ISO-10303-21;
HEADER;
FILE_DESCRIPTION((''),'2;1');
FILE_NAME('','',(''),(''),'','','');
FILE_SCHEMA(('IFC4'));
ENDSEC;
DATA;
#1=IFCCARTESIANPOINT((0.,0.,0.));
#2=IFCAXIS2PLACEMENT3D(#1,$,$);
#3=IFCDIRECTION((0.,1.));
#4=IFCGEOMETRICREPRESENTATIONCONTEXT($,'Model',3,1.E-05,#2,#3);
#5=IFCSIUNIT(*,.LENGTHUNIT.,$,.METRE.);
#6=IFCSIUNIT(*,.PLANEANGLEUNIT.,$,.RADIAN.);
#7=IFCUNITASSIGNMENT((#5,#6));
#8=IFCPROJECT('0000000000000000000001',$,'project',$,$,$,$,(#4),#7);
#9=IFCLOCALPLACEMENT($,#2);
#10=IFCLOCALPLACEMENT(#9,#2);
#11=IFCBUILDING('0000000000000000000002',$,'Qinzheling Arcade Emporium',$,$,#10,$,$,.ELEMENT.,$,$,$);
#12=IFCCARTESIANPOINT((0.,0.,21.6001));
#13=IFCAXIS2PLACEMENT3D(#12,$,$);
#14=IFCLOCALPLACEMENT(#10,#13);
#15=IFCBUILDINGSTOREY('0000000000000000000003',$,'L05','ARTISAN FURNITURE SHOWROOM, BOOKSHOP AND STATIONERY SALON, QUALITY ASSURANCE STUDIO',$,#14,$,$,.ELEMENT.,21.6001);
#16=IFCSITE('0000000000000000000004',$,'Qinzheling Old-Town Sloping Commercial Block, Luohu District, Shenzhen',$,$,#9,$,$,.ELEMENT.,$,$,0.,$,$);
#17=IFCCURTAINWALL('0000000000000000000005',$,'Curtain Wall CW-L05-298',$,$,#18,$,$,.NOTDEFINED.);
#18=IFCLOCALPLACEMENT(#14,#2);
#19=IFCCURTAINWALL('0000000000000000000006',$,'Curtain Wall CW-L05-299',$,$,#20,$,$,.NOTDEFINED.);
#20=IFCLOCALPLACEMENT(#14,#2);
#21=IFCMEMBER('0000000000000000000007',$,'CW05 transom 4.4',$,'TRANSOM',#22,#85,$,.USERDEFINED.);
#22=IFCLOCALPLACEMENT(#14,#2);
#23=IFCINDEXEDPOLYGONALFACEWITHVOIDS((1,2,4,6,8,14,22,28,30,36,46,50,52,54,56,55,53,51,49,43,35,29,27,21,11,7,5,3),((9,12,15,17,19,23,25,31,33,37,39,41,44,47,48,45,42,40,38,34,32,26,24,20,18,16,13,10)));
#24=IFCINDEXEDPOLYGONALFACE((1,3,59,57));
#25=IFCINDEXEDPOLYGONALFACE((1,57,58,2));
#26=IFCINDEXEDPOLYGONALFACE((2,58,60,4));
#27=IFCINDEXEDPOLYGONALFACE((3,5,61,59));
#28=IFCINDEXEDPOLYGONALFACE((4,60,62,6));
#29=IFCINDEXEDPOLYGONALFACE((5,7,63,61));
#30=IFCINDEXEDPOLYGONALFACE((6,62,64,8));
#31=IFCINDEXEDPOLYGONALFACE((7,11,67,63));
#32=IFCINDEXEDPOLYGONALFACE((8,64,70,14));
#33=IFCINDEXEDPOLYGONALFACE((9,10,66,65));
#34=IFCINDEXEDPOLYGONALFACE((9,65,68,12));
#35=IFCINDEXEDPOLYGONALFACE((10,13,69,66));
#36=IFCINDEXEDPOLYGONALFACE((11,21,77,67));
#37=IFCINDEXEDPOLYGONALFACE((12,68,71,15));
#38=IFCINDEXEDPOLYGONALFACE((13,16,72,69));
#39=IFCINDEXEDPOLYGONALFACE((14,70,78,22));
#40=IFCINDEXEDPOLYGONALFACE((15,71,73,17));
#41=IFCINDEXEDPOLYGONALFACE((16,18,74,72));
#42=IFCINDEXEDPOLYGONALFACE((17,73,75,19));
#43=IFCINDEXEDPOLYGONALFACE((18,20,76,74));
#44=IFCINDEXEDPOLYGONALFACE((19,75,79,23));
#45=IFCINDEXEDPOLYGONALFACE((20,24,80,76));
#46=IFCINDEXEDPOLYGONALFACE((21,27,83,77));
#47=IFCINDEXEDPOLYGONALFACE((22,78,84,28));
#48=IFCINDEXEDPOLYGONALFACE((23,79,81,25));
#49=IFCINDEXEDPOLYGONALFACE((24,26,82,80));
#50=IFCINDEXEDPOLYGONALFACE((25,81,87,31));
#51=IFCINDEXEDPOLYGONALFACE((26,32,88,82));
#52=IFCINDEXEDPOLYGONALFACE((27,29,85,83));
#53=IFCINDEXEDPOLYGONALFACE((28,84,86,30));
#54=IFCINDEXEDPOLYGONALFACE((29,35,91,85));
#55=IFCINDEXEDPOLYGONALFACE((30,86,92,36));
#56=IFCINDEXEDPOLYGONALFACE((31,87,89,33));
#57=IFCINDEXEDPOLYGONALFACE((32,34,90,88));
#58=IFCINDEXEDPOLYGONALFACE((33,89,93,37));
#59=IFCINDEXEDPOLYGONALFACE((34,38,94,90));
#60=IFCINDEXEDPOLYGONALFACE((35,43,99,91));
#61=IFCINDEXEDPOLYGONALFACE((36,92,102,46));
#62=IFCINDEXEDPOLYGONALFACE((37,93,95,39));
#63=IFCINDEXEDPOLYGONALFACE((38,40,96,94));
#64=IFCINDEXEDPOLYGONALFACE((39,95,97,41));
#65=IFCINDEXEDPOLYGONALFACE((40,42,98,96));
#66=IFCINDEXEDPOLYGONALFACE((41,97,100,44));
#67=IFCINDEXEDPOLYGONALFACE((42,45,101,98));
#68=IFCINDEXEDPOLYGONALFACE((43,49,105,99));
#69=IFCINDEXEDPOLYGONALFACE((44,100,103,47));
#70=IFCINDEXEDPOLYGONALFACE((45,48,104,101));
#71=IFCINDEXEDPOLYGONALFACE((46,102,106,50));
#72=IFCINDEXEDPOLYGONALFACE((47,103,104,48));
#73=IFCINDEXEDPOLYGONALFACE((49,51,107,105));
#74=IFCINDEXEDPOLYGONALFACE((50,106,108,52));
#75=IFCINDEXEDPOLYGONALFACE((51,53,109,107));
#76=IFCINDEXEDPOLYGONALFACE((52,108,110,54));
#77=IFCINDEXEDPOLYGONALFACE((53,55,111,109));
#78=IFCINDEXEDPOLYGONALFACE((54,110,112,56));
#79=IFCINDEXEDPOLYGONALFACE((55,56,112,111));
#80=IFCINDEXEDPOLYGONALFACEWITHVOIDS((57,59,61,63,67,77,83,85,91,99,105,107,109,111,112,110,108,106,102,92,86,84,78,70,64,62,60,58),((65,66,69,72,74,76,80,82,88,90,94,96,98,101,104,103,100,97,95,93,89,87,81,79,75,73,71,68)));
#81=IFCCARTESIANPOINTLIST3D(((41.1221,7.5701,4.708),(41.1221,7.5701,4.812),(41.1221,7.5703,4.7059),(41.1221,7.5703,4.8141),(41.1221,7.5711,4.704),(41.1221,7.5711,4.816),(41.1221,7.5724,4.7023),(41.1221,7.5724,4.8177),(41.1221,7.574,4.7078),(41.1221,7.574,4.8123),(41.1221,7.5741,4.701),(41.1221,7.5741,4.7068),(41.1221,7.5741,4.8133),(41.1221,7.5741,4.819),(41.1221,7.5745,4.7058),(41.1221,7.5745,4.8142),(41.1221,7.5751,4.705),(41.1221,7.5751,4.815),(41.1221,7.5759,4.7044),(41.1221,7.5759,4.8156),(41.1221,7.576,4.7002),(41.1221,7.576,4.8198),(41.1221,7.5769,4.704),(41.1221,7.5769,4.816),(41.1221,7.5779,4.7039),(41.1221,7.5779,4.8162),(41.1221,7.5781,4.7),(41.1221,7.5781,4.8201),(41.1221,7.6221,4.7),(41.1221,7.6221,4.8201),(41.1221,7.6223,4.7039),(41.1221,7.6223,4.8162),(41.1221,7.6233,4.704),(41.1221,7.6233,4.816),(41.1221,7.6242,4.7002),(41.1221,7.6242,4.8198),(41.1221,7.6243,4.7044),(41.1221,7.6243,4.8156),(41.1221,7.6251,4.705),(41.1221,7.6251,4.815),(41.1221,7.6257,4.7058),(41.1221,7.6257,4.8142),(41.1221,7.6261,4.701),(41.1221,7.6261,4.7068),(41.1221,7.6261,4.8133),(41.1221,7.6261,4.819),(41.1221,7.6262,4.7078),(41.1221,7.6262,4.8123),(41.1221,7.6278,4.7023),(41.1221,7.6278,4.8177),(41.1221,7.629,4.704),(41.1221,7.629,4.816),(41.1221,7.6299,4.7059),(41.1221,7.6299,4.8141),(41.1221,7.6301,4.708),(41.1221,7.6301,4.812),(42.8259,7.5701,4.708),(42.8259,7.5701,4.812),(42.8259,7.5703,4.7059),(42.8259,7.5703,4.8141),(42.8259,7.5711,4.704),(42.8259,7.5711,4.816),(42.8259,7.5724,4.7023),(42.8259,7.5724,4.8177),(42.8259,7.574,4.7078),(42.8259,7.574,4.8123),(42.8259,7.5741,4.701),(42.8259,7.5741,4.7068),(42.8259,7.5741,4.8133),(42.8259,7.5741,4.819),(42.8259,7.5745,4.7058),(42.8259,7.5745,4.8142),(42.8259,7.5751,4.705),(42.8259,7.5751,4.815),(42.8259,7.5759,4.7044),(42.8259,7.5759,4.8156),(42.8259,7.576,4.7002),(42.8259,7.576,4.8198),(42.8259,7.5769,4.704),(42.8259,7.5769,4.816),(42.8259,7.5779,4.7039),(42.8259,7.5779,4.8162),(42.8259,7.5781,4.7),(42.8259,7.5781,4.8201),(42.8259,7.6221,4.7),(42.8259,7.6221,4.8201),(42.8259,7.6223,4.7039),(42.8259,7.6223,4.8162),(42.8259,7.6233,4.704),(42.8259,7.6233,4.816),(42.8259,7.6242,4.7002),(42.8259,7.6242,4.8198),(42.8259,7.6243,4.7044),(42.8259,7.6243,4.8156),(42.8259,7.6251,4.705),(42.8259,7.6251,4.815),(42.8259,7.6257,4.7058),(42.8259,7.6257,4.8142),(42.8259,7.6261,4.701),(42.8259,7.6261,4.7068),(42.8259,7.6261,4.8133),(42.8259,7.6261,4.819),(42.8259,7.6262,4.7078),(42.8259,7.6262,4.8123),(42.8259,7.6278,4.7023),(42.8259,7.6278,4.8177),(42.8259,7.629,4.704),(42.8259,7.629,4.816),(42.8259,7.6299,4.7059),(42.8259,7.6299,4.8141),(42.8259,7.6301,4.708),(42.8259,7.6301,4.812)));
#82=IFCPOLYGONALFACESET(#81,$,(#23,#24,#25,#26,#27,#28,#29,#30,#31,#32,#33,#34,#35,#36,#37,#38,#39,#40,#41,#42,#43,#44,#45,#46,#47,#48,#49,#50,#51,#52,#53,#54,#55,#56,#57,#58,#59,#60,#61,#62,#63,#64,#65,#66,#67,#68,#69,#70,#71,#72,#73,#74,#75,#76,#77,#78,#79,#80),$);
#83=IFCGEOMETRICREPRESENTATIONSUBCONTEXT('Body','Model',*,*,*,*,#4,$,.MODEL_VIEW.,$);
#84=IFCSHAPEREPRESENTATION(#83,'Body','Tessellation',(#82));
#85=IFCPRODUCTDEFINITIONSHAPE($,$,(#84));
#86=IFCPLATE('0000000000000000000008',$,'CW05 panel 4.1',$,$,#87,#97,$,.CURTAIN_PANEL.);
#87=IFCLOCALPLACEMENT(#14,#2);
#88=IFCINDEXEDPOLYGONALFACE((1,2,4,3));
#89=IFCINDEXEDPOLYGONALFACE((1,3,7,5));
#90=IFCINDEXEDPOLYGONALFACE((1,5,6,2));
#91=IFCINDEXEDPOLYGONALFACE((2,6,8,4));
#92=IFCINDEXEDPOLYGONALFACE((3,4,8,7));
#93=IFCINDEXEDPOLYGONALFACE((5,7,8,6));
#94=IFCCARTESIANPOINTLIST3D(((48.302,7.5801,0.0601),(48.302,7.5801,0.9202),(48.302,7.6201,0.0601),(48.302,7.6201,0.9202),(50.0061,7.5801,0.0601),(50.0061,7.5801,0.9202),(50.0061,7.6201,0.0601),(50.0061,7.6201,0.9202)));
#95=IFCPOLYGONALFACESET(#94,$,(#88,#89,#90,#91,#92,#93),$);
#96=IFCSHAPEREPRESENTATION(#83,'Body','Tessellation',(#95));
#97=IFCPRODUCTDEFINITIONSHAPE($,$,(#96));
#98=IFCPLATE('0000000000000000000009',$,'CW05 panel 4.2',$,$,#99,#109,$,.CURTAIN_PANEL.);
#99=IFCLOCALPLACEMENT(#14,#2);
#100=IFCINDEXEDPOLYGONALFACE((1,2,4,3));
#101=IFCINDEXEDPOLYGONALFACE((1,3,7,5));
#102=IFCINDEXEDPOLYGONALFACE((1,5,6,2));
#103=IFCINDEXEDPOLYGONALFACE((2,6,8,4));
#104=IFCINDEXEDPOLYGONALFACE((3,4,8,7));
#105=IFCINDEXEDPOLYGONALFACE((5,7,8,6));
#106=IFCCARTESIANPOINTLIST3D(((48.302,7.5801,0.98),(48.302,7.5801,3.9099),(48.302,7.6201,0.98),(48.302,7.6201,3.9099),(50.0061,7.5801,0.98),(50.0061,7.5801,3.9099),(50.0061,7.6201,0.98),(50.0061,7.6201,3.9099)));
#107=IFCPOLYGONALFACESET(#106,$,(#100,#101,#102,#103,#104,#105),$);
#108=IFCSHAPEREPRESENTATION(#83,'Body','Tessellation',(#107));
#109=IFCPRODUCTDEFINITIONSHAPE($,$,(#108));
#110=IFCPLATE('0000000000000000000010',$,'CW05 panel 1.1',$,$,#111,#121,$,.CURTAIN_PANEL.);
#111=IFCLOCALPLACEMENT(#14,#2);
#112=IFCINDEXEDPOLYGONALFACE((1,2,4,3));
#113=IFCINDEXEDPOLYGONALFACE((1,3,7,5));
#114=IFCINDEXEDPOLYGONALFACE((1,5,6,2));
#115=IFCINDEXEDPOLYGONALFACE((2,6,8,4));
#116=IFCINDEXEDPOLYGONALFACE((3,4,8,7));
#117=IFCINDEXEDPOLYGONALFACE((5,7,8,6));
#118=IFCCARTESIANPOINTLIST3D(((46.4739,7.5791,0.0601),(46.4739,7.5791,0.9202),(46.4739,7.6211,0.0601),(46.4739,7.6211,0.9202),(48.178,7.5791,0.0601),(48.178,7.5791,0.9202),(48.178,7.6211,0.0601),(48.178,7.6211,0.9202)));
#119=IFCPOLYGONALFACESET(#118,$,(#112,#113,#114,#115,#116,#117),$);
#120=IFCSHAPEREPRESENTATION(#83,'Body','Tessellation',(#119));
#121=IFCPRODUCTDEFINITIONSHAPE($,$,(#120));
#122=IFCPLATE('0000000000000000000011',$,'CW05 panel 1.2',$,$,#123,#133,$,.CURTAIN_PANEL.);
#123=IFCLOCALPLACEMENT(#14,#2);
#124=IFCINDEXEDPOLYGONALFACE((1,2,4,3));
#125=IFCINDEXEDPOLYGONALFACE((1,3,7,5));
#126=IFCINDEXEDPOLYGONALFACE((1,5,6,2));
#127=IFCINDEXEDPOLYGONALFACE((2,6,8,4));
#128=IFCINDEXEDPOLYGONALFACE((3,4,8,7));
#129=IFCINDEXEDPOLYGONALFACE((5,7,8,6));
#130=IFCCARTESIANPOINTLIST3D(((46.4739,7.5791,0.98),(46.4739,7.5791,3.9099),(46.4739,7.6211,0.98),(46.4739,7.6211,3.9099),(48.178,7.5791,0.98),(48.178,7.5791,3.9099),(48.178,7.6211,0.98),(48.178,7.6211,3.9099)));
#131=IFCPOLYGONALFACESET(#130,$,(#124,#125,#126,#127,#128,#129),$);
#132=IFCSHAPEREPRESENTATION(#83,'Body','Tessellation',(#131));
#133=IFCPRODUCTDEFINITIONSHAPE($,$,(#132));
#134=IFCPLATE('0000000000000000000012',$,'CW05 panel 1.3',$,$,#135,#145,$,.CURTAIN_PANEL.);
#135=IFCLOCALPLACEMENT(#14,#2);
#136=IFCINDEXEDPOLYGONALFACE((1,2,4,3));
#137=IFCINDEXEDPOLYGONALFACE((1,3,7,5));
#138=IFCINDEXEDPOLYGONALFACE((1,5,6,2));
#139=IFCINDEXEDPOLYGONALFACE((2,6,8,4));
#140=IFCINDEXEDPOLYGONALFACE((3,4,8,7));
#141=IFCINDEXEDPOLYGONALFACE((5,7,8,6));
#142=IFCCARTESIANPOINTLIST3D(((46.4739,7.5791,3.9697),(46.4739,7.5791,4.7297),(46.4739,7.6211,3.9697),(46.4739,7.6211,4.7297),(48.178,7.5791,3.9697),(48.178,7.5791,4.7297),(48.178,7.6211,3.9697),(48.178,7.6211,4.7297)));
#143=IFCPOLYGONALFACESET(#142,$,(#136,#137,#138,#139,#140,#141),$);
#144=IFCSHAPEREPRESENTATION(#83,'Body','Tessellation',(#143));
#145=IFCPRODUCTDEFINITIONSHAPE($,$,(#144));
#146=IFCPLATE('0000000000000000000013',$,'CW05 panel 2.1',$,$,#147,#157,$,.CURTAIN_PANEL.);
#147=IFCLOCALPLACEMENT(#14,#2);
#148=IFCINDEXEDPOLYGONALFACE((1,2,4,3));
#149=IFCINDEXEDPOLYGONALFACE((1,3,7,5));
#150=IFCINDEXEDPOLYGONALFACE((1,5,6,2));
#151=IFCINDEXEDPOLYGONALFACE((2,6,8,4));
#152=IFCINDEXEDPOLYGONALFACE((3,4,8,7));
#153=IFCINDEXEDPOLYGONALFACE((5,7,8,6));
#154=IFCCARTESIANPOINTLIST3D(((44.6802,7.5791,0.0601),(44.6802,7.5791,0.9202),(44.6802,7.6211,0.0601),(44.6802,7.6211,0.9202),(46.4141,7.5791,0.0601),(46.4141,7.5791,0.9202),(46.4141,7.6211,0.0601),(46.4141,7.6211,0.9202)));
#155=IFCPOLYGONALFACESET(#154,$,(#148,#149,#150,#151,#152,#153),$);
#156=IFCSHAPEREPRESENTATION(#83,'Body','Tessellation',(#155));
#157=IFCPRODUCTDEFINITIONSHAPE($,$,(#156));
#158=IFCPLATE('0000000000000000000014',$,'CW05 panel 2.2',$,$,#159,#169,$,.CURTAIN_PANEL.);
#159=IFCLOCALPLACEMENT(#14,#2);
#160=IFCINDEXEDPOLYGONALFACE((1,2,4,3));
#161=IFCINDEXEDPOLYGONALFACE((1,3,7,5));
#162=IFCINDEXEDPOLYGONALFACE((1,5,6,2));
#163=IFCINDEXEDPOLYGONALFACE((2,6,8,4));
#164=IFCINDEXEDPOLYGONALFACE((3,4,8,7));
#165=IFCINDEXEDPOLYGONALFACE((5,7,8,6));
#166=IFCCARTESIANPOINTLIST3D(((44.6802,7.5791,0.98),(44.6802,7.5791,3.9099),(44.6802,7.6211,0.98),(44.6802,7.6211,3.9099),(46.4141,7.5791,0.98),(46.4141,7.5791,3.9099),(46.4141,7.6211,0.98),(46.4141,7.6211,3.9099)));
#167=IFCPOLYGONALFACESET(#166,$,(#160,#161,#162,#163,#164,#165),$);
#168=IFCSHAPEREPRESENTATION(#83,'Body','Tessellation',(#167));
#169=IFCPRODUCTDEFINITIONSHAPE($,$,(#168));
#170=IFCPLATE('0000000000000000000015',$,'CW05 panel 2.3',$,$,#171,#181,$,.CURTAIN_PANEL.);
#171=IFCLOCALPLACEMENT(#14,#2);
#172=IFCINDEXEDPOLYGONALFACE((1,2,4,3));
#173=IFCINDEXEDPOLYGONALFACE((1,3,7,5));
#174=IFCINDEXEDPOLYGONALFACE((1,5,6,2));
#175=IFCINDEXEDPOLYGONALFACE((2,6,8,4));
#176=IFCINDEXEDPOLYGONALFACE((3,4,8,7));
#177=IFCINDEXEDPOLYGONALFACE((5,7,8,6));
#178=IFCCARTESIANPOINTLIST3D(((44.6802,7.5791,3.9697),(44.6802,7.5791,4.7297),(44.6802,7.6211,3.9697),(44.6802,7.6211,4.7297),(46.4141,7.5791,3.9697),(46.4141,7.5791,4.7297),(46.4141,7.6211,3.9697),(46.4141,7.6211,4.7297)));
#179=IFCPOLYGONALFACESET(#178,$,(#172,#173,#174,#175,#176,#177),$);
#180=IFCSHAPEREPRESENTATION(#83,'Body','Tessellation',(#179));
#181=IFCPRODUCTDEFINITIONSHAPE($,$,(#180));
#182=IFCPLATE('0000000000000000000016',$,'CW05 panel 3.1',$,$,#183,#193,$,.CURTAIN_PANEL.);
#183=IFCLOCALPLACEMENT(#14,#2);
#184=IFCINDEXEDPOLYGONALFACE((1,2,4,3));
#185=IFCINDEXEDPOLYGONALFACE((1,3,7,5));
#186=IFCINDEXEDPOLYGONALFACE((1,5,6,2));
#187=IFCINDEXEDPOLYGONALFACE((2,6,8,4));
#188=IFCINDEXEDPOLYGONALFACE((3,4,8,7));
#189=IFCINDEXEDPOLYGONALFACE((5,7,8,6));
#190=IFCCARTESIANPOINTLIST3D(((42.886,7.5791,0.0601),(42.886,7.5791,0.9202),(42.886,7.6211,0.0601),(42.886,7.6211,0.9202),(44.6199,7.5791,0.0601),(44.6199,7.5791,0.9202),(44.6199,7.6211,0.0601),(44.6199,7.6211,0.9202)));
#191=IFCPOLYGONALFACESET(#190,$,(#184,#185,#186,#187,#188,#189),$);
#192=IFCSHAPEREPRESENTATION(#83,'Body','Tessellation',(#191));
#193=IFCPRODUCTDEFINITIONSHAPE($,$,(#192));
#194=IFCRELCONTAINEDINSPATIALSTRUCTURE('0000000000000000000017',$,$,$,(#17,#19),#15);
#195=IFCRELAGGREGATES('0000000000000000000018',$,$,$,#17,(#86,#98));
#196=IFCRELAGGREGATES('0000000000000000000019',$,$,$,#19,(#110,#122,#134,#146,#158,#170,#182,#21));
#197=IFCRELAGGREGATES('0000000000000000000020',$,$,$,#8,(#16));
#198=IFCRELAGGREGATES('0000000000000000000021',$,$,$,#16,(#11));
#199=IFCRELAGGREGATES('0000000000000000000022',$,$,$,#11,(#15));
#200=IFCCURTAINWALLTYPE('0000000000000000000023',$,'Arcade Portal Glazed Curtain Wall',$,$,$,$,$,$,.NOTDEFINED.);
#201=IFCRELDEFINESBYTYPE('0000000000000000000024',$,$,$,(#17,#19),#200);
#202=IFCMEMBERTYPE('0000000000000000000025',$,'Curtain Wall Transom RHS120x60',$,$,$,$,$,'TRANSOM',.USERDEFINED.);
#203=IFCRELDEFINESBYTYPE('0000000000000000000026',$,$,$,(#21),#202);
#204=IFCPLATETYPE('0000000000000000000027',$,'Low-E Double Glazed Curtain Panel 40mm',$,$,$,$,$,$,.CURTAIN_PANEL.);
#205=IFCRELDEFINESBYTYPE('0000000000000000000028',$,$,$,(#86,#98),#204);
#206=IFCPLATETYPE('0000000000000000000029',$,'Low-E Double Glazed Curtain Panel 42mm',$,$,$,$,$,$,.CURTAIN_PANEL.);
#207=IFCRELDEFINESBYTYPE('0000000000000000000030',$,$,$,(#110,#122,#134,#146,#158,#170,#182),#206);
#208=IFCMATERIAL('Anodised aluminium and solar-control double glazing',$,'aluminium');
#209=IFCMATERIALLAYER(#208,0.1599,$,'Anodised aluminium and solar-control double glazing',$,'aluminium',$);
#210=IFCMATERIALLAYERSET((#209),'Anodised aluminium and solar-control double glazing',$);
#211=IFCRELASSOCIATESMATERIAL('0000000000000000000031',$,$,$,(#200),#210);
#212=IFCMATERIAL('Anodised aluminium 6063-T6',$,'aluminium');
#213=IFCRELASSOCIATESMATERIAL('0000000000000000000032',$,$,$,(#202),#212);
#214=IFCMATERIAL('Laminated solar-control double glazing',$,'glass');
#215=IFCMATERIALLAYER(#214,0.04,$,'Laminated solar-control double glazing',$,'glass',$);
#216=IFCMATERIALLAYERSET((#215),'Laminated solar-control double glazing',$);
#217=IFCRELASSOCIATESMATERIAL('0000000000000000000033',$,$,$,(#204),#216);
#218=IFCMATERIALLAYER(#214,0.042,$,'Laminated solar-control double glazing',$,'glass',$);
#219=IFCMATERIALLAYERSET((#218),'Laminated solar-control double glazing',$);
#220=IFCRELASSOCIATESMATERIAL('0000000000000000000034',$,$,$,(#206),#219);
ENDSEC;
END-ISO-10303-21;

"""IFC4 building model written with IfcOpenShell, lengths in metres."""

from ifc_helpers import new_model, si_unit, direction, frame, origin, origin_2d, place, context, subcontext, project, spatial, rectangle, hollow_rectangle, extrude, material, layer, layer_set, material_profile, profile_set, type_object, element, aggregate, save


model = new_model("IFC4")

# Units and contexts
model_context = context("Model", 3, precision=1e-05, world=origin(), true_north=direction((0.0, 1.0)))
body_context = subcontext(model_context, "Body", "Model", "MODEL_VIEW")
ifc_project = project(units=[si_unit("LENGTHUNIT", "METRE"), si_unit("PLANEANGLEUNIT", "RADIAN")], contexts=[model_context])

# Site, building, storey
site_placement = place(None, origin())
site = spatial("IfcSite", under=ifc_project, at=site_placement, Name="Qinzheling Old-Town Sloping Commercial Block, Luohu District, Shenzhen", CompositionType="ELEMENT", RefElevation=0.0)
building_placement = place(site_placement, origin())
building = spatial("IfcBuilding", under=site, at=building_placement, Name="Qinzheling Arcade Emporium", CompositionType="ELEMENT")
storey_placement = place(building_placement, frame((0.0, 0.0, 21.6001)))
storey = spatial("IfcBuildingStorey", under=building, at=storey_placement, Name="L05", Description="ARTISAN FURNITURE SHOWROOM, BOOKSHOP AND STATIONERY SALON, QUALITY ASSURANCE STUDIO", CompositionType="ELEMENT", Elevation=21.6001)

# Curtain wall
ifc_material_1 = material(Name="Anodised aluminium and solar-control double glazing", Category="aluminium")
ifc_layer_1 = layer(ifc_material_1, 0.1599, Name="Anodised aluminium and solar-control double glazing", Category="aluminium")
ifc_layer_set_1 = layer_set([ifc_layer_1], Name="Anodised aluminium and solar-control double glazing")
curtain_wall_type = type_object("IfcCurtainWallType", Name="Arcade Portal Glazed Curtain Wall", PredefinedType="NOTDEFINED", material=ifc_layer_set_1)
curtain_wall_1_placement = place(storey_placement, origin())
curtain_wall_1 = element("IfcCurtainWall", 1, at=curtain_wall_1_placement, inside=storey, type_object=curtain_wall_type, Name="Curtain Wall CW-L05-298", PredefinedType="NOTDEFINED")
ifc_material_2 = material(Name="Anodised aluminium 6063-T6", Category="aluminium")

# Curtain wall, member
curtain_wall_2_placement = place(storey_placement, origin())
curtain_wall_2 = element("IfcCurtainWall", 2, at=curtain_wall_2_placement, inside=storey, type_object=curtain_wall_type, Name="Curtain Wall CW-L05-299", PredefinedType="NOTDEFINED")
ifc_material_profile_1 = material_profile(ifc_material_2, hollow_rectangle(XDim=0.0601, YDim=0.1201, WallThickness=0.0039, InnerFilletRadius=0.0039, OuterFilletRadius=0.0081, at=origin_2d()), Name="RHS 120x60x4", Category="aluminium")
ifc_profile_set_1 = profile_set([ifc_material_profile_1], Name="Anodised aluminium 6063-T6")
member_type_1 = type_object("IfcMemberType", Name="Curtain Wall Transom RHS120x60", ElementType="TRANSOM", PredefinedType="USERDEFINED", material=ifc_profile_set_1)
member_1_placement = place(storey_placement, frame((42.8259, 7.6001, 4.76), z_axis=(-1.0, 0.0, 0.0), x_axis=(0.0, -1.0, 0.0)))
member_1 = element("IfcMember", 3, at=member_1_placement, type_object=member_type_1, Name="CW05 transom 4.4", ObjectType="TRANSOM", PredefinedType="USERDEFINED", context=body_context, shape_type="SweptSolid", body=[
    extrude(hollow_rectangle(XDim=0.0601, YDim=0.1201, WallThickness=0.0039, InnerFilletRadius=0.0039, OuterFilletRadius=0.0081, at=origin_2d()), origin(), (0.0, 0.0, 1.0), 1.7039),
])

# Plates
ifc_material_3 = material(Name="Laminated solar-control double glazing", Category="glass")
ifc_layer_2 = layer(ifc_material_3, 0.04, Name="Laminated solar-control double glazing", Category="glass")
ifc_layer_set_2 = layer_set([ifc_layer_2], Name="Laminated solar-control double glazing")
plate_type_1 = type_object("IfcPlateType", Name="Low-E Double Glazed Curtain Panel 40mm", PredefinedType="CURTAIN_PANEL", material=ifc_layer_set_2)
plate_1_placement = place(storey_placement, frame((49.1541, 7.6001, 0.0601), z_axis=(0.0, 0.0, 1.0), x_axis=(-1.0, 0.0, 0.0)))
plate_1 = element("IfcPlate", 4, at=plate_1_placement, type_object=plate_type_1, Name="CW05 panel 4.1", PredefinedType="CURTAIN_PANEL", context=body_context, shape_type="SweptSolid", body=[
    extrude(rectangle(XDim=1.7041, YDim=0.04, at=origin_2d()), origin(), (0.0, 0.0, 1.0), 0.8601),
])
plate_2_placement = place(storey_placement, frame((49.1541, 7.6001, 0.98), z_axis=(0.0, 0.0, 1.0), x_axis=(-1.0, 0.0, 0.0)))
plate_2 = element("IfcPlate", 5, at=plate_2_placement, type_object=plate_type_1, Name="CW05 panel 4.2", PredefinedType="CURTAIN_PANEL", context=body_context, shape_type="SweptSolid", body=[
    extrude(rectangle(XDim=1.7041, YDim=0.04, at=origin_2d()), origin(), (0.0, 0.0, 1.0), 2.9299),
])
aggregate(curtain_wall_1, [plate_1, plate_2])
ifc_layer_3 = layer(ifc_material_3, 0.042, Name="Laminated solar-control double glazing", Category="glass")
ifc_layer_set_3 = layer_set([ifc_layer_3], Name="Laminated solar-control double glazing")
plate_type_2 = type_object("IfcPlateType", Name="Low-E Double Glazed Curtain Panel 42mm", PredefinedType="CURTAIN_PANEL", material=ifc_layer_set_3)
plate_3_placement = place(storey_placement, frame((47.3259, 7.6001, 0.0601), z_axis=(0.0, 0.0, 1.0), x_axis=(-1.0, 0.0, 0.0)))
plate_3 = element("IfcPlate", 6, at=plate_3_placement, type_object=plate_type_2, Name="CW05 panel 1.1", PredefinedType="CURTAIN_PANEL", context=body_context, shape_type="SweptSolid", body=[
    extrude(rectangle(XDim=1.7041, YDim=0.042, at=origin_2d()), origin(), (0.0, 0.0, 1.0), 0.8601),
])
plate_4_placement = place(storey_placement, frame((47.3259, 7.6001, 0.98), z_axis=(0.0, 0.0, 1.0), x_axis=(-1.0, 0.0, 0.0)))
plate_4 = element("IfcPlate", 7, at=plate_4_placement, type_object=plate_type_2, Name="CW05 panel 1.2", PredefinedType="CURTAIN_PANEL", context=body_context, shape_type="SweptSolid", body=[
    extrude(rectangle(XDim=1.7041, YDim=0.042, at=origin_2d()), origin(), (0.0, 0.0, 1.0), 2.9299),
])
plate_5_placement = place(storey_placement, frame((47.3259, 7.6001, 3.9697), z_axis=(0.0, 0.0, 1.0), x_axis=(-1.0, 0.0, 0.0)))
plate_5 = element("IfcPlate", 8, at=plate_5_placement, type_object=plate_type_2, Name="CW05 panel 1.3", PredefinedType="CURTAIN_PANEL", context=body_context, shape_type="SweptSolid", body=[
    extrude(rectangle(XDim=1.7041, YDim=0.042, at=origin_2d()), origin(), (0.0, 0.0, 1.0), 0.76),
])
plate_6_placement = place(storey_placement, frame((45.5471, 7.6001, 0.0601), z_axis=(0.0, 0.0, 1.0), x_axis=(-1.0, 0.0, 0.0)))
plate_6 = element("IfcPlate", 9, at=plate_6_placement, type_object=plate_type_2, Name="CW05 panel 2.1", PredefinedType="CURTAIN_PANEL", context=body_context, shape_type="SweptSolid", body=[
    extrude(rectangle(XDim=1.7339, YDim=0.042, at=origin_2d()), origin(), (0.0, 0.0, 1.0), 0.8601),
])
plate_7_placement = place(storey_placement, frame((45.5471, 7.6001, 0.98), z_axis=(0.0, 0.0, 1.0), x_axis=(-1.0, 0.0, 0.0)))
plate_7 = element("IfcPlate", 10, at=plate_7_placement, type_object=plate_type_2, Name="CW05 panel 2.2", PredefinedType="CURTAIN_PANEL", context=body_context, shape_type="SweptSolid", body=[
    extrude(rectangle(XDim=1.7339, YDim=0.042, at=origin_2d()), origin(), (0.0, 0.0, 1.0), 2.9299),
])
plate_8_placement = place(storey_placement, frame((45.5471, 7.6001, 3.9697), z_axis=(0.0, 0.0, 1.0), x_axis=(-1.0, 0.0, 0.0)))
plate_8 = element("IfcPlate", 11, at=plate_8_placement, type_object=plate_type_2, Name="CW05 panel 2.3", PredefinedType="CURTAIN_PANEL", context=body_context, shape_type="SweptSolid", body=[
    extrude(rectangle(XDim=1.7339, YDim=0.042, at=origin_2d()), origin(), (0.0, 0.0, 1.0), 0.76),
])
plate_9_placement = place(storey_placement, frame((43.7529, 7.6001, 0.0601), z_axis=(0.0, 0.0, 1.0), x_axis=(-1.0, 0.0, 0.0)))
plate_9 = element("IfcPlate", 12, at=plate_9_placement, type_object=plate_type_2, Name="CW05 panel 3.1", PredefinedType="CURTAIN_PANEL", context=body_context, shape_type="SweptSolid", body=[
    extrude(rectangle(XDim=1.7339, YDim=0.042, at=origin_2d()), origin(), (0.0, 0.0, 1.0), 0.8601),
])
aggregate(curtain_wall_2, [plate_3, plate_4, plate_5, plate_6, plate_7, plate_8, plate_9, member_1])

save(model, "model.ifc")
